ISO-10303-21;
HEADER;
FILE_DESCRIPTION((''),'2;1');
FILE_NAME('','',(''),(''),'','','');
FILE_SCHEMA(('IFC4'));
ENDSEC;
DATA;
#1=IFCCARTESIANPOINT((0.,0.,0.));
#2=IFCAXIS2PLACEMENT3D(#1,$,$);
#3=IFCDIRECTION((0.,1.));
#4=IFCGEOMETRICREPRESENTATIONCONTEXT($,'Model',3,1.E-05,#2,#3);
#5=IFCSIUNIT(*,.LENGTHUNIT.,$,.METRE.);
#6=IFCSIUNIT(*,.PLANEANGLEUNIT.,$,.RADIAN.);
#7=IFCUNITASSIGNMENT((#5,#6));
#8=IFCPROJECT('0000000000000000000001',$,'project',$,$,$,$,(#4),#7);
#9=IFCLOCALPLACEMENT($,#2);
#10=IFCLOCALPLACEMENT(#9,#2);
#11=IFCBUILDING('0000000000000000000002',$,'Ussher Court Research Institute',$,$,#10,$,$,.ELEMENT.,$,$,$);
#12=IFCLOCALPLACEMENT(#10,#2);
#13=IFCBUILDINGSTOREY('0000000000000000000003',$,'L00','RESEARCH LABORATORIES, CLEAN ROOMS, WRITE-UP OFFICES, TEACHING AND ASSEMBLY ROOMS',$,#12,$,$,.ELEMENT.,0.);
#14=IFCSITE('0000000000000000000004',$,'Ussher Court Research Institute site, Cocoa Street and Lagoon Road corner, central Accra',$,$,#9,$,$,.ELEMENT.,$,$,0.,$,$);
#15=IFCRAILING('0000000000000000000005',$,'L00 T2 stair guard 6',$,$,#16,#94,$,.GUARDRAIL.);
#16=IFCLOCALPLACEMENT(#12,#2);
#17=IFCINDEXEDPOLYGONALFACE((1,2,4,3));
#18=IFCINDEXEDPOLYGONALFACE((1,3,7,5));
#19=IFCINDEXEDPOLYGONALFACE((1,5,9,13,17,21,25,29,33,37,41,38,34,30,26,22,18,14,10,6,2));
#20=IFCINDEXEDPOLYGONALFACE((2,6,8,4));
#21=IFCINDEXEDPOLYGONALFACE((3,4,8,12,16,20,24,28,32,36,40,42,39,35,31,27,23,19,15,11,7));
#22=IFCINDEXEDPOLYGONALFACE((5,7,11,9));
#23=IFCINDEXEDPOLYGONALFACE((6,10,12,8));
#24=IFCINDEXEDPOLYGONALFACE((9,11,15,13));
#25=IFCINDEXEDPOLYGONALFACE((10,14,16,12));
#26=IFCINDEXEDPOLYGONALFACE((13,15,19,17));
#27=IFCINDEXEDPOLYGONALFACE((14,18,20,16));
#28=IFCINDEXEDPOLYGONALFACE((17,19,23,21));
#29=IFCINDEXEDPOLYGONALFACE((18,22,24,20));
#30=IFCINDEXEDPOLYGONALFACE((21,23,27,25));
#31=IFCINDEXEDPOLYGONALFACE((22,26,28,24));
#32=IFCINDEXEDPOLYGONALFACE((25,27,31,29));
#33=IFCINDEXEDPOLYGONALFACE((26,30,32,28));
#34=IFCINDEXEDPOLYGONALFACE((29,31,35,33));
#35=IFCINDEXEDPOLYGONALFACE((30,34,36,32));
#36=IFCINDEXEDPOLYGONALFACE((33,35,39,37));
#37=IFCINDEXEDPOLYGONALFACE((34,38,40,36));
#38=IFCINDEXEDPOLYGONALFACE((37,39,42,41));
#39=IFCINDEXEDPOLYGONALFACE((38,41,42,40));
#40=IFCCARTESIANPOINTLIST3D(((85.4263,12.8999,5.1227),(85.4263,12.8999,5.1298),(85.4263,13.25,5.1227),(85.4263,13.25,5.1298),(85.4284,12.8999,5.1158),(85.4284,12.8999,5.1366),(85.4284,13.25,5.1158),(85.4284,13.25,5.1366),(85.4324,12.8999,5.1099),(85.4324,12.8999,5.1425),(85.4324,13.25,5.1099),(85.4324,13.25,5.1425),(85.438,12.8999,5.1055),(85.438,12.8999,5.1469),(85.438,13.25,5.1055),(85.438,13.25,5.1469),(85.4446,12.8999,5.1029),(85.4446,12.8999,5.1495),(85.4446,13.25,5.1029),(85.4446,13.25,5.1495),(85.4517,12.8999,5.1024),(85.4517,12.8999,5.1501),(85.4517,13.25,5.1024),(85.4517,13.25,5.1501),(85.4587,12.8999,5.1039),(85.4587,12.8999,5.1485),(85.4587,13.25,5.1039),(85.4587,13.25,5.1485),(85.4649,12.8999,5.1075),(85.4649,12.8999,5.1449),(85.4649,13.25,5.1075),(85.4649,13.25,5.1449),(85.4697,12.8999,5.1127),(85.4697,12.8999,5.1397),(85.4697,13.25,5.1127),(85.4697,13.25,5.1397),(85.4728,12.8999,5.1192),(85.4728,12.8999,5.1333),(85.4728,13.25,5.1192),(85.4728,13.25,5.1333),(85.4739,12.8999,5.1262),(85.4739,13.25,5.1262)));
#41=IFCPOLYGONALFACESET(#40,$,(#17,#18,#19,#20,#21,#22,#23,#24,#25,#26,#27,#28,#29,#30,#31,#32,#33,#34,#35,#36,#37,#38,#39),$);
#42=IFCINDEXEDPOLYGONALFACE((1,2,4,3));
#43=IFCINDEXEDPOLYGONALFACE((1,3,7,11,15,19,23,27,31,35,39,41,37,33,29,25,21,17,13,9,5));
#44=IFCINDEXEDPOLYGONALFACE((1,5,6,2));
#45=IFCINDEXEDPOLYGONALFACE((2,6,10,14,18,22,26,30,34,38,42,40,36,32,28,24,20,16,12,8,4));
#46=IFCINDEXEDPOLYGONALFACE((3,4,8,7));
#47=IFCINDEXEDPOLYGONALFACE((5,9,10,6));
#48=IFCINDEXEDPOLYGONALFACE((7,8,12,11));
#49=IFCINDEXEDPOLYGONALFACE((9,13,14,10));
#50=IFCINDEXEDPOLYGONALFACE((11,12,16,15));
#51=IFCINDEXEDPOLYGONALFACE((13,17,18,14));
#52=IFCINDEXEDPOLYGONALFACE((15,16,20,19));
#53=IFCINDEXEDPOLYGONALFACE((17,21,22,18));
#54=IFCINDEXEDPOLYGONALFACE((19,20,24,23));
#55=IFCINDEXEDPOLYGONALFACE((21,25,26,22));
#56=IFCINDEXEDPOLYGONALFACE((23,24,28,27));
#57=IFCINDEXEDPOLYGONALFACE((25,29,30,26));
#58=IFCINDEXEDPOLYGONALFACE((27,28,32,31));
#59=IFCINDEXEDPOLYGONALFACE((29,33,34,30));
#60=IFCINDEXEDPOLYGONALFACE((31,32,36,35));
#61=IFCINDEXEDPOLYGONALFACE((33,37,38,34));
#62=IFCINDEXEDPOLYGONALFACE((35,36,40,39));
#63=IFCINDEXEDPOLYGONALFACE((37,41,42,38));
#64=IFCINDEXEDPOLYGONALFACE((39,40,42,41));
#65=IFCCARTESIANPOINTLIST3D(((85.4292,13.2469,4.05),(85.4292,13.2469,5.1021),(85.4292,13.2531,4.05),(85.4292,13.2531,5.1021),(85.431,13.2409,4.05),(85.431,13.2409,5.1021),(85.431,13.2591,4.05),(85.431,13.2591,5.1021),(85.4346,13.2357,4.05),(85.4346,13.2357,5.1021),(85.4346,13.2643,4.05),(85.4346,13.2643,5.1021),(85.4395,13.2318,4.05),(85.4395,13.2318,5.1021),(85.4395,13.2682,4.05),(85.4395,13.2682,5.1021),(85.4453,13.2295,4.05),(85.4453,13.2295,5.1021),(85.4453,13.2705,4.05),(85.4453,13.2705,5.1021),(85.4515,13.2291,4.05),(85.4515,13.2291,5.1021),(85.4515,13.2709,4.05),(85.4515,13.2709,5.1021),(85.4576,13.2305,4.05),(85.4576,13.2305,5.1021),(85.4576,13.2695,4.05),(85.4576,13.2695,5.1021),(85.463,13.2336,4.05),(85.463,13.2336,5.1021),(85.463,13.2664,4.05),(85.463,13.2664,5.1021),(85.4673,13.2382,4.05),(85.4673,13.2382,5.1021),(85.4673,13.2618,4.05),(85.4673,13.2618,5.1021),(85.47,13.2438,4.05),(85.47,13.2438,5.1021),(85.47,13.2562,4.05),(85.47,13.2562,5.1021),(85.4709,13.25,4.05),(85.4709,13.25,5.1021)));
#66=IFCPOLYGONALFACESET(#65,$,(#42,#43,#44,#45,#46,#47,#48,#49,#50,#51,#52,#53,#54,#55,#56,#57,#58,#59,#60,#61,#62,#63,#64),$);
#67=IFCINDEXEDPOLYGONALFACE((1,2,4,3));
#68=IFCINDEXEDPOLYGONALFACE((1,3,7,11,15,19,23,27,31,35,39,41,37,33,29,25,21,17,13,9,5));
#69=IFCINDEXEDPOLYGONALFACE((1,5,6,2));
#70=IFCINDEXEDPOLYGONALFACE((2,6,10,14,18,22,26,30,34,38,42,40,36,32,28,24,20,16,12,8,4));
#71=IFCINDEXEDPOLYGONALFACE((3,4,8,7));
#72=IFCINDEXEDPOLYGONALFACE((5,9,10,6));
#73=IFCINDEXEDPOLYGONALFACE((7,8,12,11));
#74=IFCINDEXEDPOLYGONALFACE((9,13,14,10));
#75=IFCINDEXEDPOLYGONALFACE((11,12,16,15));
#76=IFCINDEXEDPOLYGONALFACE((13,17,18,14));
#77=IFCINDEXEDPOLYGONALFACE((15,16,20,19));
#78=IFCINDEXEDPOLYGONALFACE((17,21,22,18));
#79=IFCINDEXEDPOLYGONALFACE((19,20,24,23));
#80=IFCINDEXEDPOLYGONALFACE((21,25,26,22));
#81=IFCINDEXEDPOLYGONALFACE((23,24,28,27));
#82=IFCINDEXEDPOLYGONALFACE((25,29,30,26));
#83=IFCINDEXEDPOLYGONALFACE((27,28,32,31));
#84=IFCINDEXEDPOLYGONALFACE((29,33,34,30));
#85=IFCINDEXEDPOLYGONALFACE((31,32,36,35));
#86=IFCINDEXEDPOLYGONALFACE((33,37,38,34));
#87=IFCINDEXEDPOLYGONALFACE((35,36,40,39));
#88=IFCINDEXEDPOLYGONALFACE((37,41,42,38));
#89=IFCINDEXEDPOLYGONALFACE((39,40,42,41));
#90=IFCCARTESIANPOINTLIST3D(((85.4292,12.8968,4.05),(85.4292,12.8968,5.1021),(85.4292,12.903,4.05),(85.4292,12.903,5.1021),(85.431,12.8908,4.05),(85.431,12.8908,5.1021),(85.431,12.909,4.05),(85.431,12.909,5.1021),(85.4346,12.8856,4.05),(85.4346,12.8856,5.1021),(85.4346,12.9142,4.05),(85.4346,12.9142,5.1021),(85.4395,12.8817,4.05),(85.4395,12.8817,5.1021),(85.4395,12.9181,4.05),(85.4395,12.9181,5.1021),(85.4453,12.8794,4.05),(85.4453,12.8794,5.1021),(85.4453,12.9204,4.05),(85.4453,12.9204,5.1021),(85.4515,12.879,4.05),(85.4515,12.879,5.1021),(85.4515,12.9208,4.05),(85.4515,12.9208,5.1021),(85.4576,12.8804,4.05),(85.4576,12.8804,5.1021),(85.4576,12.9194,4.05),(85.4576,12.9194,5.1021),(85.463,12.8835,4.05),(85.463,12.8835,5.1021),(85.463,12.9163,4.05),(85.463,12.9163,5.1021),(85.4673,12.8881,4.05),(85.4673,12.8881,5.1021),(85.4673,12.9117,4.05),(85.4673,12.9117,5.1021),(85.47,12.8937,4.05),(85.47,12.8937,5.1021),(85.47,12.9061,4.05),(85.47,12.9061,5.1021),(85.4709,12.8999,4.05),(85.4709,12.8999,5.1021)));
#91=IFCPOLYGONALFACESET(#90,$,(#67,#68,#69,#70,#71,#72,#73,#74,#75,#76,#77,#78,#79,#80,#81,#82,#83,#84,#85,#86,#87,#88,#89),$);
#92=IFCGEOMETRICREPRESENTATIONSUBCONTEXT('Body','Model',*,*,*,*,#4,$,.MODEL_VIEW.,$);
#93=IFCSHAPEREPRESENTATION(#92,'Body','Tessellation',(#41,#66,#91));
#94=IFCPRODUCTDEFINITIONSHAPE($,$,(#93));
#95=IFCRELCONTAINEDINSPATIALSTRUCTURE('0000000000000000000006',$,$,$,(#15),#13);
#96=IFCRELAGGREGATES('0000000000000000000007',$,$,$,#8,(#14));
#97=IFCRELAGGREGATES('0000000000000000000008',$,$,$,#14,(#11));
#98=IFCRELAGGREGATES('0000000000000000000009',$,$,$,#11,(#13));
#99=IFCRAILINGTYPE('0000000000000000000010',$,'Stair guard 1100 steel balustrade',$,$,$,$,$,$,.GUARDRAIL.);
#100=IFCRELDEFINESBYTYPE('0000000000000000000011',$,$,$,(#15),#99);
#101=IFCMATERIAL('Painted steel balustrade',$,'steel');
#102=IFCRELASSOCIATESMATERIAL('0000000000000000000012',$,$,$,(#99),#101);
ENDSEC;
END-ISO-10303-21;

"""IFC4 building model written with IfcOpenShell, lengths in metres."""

from ifc_helpers import new_model, si_unit, direction, frame, origin, origin_2d, place, context, subcontext, project, spatial, circle, extrude, material, type_object, element, save


model = new_model("IFC4")

# Units and contexts
model_context = context("Model", 3, precision=1e-05, world=origin(), true_north=direction((0.0, 1.0)))
body_context = subcontext(model_context, "Body", "Model", "MODEL_VIEW")
ifc_project = project(units=[si_unit("LENGTHUNIT", "METRE"), si_unit("PLANEANGLEUNIT", "RADIAN")], contexts=[model_context])

# Site, building, storey
site_placement = place(None, origin())
site = spatial("IfcSite", under=ifc_project, at=site_placement, Name="Ussher Court Research Institute site, Cocoa Street and Lagoon Road corner, central Accra", CompositionType="ELEMENT", RefElevation=0.0)
building_placement = place(site_placement, origin())
building = spatial("IfcBuilding", under=site, at=building_placement, Name="Ussher Court Research Institute", CompositionType="ELEMENT")
storey_placement = place(building_placement, origin())
storey = spatial("IfcBuildingStorey", under=building, at=storey_placement, Name="L00", Description="RESEARCH LABORATORIES, CLEAN ROOMS, WRITE-UP OFFICES, TEACHING AND ASSEMBLY ROOMS", CompositionType="ELEMENT", Elevation=0.0)

# Railing
ifc_material_1 = material(Name="Painted steel balustrade", Category="steel")
railing_type_1 = type_object("IfcRailingType", Name="Stair guard 1100 steel balustrade", PredefinedType="GUARDRAIL", material=ifc_material_1)
railing_1_placement = place(storey_placement, frame((85.45, 13.25, 4.05)))
element("IfcRailing", 1, at=railing_1_placement, inside=storey, type_object=railing_type_1, Name="L00 T2 stair guard 6", PredefinedType="GUARDRAIL", context=body_context, shape_type="SweptSolid", body=[
    extrude(circle(Radius=0.0239, at=origin_2d()), frame((0.0, 0.0, 1.0762), z_axis=(0.0, -1.0, 0.0), x_axis=(1.0, 0.0, 0.0)), (0.0, 0.0, 1.0), 0.3501),
    extrude(circle(Radius=0.021, at=origin_2d()), origin(), (0.0, 0.0, 1.0), 1.052),
    extrude(circle(Radius=0.021, at=origin_2d()), frame((0.0, -0.3501, 0.0)), (0.0, 0.0, 1.0), 1.052),
])

save(model, "model.ifc")
